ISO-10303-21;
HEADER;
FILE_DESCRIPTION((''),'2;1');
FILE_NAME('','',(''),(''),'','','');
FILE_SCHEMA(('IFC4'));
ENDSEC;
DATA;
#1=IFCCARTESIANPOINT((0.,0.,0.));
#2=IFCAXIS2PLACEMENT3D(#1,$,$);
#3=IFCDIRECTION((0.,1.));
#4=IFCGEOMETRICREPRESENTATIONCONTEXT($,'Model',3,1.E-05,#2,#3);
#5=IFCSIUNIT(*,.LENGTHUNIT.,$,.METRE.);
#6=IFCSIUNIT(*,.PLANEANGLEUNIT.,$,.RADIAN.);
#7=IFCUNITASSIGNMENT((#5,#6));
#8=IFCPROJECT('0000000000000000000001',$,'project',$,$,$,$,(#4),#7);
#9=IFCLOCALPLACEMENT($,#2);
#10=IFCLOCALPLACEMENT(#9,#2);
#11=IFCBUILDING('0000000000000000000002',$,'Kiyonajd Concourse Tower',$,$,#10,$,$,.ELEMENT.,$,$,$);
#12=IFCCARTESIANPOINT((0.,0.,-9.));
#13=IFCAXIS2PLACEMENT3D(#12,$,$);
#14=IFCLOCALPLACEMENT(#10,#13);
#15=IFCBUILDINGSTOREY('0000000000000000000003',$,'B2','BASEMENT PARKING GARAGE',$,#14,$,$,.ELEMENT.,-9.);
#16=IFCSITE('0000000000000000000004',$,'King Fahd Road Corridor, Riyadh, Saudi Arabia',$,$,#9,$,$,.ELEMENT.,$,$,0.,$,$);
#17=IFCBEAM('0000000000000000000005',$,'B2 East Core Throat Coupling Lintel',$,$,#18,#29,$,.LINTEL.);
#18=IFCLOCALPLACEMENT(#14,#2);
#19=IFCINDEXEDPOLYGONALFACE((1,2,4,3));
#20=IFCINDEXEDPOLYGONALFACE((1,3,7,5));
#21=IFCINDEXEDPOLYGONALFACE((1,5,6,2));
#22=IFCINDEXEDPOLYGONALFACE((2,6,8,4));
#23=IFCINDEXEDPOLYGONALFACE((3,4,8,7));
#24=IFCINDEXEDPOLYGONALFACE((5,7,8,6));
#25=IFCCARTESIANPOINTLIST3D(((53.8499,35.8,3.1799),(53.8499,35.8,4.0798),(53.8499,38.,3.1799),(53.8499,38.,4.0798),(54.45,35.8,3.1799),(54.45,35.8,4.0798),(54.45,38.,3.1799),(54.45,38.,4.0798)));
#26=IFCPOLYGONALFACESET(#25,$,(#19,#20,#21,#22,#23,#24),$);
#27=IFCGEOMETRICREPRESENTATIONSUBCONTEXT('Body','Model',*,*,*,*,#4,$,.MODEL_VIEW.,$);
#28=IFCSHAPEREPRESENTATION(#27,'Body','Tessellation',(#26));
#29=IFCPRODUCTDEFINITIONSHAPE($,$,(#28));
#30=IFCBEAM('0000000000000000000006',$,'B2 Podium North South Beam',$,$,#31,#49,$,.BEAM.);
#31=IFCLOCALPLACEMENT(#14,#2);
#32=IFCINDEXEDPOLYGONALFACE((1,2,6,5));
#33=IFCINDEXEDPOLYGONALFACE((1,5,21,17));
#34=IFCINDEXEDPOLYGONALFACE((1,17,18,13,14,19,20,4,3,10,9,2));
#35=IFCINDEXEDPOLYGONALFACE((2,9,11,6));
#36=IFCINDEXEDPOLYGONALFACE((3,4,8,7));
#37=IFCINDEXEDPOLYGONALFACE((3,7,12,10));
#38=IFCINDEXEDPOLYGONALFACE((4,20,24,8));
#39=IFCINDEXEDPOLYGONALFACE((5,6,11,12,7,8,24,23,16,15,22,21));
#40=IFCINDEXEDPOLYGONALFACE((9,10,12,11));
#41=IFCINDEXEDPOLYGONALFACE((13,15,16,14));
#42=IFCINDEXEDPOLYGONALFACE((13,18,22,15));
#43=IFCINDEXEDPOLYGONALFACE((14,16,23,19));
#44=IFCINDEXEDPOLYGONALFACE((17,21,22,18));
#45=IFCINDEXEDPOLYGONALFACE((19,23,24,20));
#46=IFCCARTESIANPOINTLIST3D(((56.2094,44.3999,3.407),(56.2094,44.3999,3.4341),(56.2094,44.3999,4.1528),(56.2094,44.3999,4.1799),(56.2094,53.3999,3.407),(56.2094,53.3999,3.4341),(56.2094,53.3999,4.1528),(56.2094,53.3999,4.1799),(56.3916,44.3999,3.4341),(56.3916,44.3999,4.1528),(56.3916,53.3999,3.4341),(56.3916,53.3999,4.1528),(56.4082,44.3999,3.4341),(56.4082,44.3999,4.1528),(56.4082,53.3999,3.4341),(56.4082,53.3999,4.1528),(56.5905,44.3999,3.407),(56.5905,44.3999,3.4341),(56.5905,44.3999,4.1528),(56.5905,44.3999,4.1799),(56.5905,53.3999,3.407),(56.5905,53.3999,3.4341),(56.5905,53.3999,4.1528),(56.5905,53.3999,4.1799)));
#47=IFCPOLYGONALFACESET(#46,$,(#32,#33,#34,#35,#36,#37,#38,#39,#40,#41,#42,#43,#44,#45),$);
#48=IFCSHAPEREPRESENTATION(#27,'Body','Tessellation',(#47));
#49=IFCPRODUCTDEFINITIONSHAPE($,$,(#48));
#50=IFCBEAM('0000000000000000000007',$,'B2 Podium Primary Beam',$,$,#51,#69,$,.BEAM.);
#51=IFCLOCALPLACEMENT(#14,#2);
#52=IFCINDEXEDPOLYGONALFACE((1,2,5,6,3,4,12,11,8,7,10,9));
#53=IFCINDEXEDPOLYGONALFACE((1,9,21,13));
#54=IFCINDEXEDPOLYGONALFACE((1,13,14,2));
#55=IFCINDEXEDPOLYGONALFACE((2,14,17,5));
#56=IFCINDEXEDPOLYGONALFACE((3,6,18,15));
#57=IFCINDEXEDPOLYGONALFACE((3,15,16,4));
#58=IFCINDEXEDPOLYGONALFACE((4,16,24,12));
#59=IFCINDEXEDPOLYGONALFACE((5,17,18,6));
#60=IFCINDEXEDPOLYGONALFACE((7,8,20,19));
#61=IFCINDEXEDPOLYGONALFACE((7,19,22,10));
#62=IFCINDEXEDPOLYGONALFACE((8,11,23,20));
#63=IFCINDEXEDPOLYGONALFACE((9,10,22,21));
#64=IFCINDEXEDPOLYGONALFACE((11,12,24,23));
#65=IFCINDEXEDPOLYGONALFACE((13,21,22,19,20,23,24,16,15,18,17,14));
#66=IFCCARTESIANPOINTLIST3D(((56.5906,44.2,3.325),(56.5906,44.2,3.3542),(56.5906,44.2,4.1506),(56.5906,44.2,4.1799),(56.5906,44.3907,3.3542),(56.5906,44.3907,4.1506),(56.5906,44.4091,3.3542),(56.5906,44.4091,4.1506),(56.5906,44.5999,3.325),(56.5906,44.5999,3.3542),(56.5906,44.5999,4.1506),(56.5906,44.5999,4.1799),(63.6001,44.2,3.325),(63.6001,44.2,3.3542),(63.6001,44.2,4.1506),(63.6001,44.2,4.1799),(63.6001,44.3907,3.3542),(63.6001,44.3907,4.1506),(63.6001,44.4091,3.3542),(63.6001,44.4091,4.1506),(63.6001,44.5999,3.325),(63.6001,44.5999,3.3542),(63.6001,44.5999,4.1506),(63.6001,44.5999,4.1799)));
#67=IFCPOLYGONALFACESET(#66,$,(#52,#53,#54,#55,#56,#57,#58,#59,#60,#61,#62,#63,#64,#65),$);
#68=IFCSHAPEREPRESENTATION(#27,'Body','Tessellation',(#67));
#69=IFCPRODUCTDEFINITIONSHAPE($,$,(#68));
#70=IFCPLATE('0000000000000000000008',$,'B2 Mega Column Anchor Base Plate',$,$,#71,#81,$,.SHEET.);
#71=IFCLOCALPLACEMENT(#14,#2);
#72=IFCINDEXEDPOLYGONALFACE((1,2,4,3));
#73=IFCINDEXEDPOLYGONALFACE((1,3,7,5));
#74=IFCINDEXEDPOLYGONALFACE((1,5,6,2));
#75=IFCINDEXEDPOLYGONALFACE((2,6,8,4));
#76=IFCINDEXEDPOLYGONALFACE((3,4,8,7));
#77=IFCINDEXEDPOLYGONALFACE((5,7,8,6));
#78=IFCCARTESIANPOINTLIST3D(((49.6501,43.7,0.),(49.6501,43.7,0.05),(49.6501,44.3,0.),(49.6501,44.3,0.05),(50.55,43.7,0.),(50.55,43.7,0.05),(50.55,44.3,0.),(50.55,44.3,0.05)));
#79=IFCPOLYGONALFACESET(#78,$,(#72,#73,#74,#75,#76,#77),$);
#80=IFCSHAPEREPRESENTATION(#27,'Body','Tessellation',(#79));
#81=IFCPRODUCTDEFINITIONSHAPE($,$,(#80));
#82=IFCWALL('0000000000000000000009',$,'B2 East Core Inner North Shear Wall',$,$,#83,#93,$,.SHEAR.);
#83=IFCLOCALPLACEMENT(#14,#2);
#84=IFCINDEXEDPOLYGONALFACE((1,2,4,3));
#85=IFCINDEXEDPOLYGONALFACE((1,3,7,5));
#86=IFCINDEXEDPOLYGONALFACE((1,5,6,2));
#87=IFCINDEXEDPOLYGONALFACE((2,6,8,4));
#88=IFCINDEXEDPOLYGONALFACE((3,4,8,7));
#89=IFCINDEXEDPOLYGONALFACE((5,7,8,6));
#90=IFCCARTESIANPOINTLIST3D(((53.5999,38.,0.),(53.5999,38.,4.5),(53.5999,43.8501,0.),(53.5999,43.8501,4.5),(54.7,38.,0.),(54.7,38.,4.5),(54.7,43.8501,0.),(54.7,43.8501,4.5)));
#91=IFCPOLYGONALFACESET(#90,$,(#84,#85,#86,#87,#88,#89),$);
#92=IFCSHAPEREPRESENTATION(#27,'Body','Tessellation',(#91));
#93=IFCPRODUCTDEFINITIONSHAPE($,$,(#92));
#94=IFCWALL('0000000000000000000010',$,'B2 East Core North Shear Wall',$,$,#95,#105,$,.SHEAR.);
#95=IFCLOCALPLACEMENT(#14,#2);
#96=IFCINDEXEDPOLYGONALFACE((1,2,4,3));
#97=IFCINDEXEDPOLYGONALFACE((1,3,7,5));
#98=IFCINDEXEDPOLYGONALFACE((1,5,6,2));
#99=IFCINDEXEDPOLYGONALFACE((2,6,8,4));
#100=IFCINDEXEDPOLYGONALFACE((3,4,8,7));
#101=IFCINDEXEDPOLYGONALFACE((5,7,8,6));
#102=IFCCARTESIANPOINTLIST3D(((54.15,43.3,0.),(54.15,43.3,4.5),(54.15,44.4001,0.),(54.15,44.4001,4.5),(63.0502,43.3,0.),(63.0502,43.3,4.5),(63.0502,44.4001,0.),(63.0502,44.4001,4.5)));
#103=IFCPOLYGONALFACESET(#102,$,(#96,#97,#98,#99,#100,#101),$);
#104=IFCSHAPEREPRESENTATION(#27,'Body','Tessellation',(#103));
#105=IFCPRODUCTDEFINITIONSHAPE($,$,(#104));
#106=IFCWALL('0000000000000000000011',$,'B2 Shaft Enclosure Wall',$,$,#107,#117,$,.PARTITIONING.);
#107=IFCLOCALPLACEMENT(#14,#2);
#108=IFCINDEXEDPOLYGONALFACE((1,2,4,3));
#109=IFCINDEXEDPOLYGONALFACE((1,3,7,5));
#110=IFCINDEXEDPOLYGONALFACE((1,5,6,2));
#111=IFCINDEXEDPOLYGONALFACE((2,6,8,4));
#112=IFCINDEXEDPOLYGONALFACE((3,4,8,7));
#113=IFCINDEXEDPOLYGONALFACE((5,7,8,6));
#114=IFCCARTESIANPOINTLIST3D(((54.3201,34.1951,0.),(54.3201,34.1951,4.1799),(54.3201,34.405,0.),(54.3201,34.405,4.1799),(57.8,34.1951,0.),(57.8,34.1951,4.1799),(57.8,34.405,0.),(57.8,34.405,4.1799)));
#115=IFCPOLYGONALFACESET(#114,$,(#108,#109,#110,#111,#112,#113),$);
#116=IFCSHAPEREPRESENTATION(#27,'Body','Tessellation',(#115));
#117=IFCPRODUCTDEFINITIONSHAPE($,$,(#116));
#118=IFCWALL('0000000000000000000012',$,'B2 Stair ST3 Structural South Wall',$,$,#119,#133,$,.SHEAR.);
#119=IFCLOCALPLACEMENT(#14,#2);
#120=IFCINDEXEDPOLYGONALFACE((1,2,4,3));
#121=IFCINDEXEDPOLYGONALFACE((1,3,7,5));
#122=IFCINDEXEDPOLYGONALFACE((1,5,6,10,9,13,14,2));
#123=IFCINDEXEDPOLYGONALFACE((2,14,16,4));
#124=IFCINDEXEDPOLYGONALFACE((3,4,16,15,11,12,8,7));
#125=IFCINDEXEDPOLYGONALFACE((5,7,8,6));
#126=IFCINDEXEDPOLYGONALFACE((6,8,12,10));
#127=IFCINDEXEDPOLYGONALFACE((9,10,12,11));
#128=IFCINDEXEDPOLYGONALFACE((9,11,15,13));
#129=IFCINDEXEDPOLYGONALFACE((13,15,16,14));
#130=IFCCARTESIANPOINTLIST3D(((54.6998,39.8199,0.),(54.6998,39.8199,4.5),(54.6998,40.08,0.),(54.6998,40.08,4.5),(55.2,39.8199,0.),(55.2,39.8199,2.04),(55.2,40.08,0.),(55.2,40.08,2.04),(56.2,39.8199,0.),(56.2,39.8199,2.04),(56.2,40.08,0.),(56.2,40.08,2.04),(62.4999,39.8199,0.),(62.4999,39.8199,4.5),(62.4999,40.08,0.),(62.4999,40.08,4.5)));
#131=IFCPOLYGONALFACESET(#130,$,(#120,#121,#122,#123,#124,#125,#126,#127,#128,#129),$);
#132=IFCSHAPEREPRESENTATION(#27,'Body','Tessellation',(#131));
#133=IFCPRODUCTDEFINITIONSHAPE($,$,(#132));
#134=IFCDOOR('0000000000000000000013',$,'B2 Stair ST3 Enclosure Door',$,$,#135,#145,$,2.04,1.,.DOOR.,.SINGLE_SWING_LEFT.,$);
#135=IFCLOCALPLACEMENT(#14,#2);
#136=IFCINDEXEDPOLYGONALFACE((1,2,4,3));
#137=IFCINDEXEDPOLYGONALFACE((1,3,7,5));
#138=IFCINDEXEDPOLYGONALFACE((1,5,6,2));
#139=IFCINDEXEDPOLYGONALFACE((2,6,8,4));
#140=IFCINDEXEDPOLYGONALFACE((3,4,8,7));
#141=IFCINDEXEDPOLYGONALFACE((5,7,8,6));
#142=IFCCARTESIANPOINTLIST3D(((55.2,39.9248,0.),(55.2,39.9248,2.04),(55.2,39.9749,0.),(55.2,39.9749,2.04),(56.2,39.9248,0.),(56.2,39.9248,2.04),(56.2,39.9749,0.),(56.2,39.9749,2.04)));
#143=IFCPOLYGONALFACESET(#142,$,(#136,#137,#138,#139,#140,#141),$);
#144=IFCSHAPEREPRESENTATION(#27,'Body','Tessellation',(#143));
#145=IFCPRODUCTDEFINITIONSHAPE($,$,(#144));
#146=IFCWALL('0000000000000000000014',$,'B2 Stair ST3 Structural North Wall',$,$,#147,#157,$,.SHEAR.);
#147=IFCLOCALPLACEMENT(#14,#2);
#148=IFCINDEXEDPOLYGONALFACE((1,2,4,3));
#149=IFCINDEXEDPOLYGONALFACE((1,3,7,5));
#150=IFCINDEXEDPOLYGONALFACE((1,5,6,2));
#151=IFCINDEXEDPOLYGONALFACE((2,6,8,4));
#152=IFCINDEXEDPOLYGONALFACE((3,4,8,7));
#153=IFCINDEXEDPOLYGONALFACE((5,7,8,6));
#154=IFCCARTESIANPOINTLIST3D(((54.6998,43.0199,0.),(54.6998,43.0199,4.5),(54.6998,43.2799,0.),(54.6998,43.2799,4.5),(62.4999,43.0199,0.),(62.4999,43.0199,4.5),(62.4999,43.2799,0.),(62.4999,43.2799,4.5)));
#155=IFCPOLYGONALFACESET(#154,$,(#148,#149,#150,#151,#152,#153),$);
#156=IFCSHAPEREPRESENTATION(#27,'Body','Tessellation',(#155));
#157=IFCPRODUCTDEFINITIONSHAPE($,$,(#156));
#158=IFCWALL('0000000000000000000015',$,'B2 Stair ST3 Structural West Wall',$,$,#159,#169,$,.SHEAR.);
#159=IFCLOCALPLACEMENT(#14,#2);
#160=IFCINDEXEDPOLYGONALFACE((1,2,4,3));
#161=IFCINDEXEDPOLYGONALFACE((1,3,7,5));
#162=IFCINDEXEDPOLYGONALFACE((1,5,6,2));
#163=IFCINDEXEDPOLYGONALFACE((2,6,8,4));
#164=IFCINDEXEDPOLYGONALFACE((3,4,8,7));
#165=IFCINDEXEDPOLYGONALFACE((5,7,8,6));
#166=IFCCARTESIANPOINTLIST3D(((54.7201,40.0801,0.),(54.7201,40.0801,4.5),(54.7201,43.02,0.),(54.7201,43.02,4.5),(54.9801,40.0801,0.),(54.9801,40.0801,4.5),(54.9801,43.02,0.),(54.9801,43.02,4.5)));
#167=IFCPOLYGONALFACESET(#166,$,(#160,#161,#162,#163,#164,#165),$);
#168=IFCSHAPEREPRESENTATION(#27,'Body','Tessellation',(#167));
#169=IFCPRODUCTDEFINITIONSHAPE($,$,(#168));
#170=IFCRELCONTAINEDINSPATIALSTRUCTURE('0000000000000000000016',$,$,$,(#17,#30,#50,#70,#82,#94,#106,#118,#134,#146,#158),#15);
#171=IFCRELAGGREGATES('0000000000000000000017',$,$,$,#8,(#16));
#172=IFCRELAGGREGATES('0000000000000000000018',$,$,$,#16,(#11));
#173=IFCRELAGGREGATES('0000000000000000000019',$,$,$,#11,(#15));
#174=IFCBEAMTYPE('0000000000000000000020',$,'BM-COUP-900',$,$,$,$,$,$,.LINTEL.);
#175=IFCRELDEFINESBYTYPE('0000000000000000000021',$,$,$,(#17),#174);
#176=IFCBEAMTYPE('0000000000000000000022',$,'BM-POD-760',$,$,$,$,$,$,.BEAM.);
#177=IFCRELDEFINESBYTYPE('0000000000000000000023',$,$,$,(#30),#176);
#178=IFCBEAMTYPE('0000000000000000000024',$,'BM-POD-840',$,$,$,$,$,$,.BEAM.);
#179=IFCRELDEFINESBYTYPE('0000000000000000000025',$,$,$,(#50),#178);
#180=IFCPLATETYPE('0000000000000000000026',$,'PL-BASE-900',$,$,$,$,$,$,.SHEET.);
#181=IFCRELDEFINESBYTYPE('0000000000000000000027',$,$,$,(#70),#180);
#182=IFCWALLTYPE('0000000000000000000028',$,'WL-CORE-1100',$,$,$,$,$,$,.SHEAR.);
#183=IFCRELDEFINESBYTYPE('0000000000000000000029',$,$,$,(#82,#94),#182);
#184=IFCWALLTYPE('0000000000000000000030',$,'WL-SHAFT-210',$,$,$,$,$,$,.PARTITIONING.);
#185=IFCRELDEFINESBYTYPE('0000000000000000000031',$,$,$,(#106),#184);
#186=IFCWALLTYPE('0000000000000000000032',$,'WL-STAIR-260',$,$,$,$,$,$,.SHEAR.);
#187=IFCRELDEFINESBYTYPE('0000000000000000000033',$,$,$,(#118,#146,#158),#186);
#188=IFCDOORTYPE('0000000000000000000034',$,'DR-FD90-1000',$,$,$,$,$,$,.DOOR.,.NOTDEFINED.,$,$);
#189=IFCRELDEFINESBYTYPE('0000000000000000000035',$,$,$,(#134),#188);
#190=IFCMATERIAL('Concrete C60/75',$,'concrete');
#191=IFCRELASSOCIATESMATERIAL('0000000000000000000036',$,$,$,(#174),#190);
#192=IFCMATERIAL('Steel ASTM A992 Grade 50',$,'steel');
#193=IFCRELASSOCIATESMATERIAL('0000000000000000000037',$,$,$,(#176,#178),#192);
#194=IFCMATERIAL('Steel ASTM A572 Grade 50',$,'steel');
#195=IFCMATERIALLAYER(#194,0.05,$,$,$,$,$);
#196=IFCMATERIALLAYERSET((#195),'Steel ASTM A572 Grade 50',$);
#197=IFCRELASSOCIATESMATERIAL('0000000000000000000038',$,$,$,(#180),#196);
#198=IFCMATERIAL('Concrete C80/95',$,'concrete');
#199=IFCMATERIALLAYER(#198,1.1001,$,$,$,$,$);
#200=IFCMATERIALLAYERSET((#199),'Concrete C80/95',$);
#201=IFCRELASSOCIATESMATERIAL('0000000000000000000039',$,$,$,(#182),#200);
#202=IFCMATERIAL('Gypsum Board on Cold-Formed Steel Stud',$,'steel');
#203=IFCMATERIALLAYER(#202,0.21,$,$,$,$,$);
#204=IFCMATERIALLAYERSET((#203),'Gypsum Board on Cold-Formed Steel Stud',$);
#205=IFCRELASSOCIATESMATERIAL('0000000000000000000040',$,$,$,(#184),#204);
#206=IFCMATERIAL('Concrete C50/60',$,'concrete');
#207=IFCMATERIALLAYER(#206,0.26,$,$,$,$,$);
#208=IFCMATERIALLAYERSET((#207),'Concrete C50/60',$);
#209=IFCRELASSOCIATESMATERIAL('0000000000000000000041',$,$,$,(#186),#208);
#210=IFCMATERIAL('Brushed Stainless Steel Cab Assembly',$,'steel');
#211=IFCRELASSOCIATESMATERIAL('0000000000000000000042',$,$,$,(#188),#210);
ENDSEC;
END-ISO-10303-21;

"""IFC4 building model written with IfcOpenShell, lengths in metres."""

from ifc_helpers import new_model, si_unit, direction, frame, frame_2d, origin, origin_2d, place, context, subcontext, project, spatial, rectangle, i_section, extrude, material, layer, layer_set, material_profile, profile_set, type_object, element, fill, save


model = new_model("IFC4")

# Units and contexts
model_context = context("Model", 3, precision=1e-05, world=origin(), true_north=direction((0.0, 1.0)))
body_context = subcontext(model_context, "Body", "Model", "MODEL_VIEW")
ifc_project = project(units=[si_unit("LENGTHUNIT", "METRE"), si_unit("PLANEANGLEUNIT", "RADIAN")], contexts=[model_context])

# Site, building, storey
site_placement = place(None, origin())
site = spatial("IfcSite", under=ifc_project, at=site_placement, Name="King Fahd Road Corridor, Riyadh, Saudi Arabia", CompositionType="ELEMENT", RefElevation=0.0)
building_placement = place(site_placement, origin())
building = spatial("IfcBuilding", under=site, at=building_placement, Name="Kiyonajd Concourse Tower", CompositionType="ELEMENT")
storey_placement = place(building_placement, frame((0.0, 0.0, -9.0)))
storey = spatial("IfcBuildingStorey", under=building, at=storey_placement, Name="B2", Description="BASEMENT PARKING GARAGE", CompositionType="ELEMENT", Elevation=-9.0)

# Shared definitions
ifc_material_1 = material(Name="Concrete C50/60", Category="concrete")

# Shared definitions
ifc_material_2 = material(Name="Concrete C60/75", Category="concrete")

# Beams
ifc_material_profile_1 = material_profile(ifc_material_2, rectangle(XDim=0.6001, YDim=0.8999, at=origin_2d()), Name="RCBM-600x900")
ifc_profile_set_1 = profile_set([ifc_material_profile_1], Name="Concrete C60/75")
beam_type_1 = type_object("IfcBeamType", Name="BM-COUP-900", PredefinedType="LINTEL", material=ifc_profile_set_1)
beam_1_placement = place(storey_placement, frame((54.1499, 35.8, 3.6299), z_axis=(0.0, 1.0, 0.0), x_axis=(-1.0, 0.0, 0.0)))
element("IfcBeam", 1, at=beam_1_placement, inside=storey, type_object=beam_type_1, Name="B2 East Core Throat Coupling Lintel", PredefinedType="LINTEL", context=body_context, shape_type="SweptSolid", body=[
    extrude(rectangle(XDim=0.6001, YDim=0.8999, at=origin_2d()), origin(), (0.0, 0.0, 1.0), 2.2),
])
ifc_material_3 = material(Name="Steel ASTM A992 Grade 50", Category="steel")
ifc_material_profile_2 = material_profile(ifc_material_3, i_section(OverallWidth=0.3811, OverallDepth=0.7729, WebThickness=0.0166, FlangeThickness=0.0271, at=origin_2d()), Name="W760X257")
ifc_profile_set_2 = profile_set([ifc_material_profile_2], Name="Steel ASTM A992 Grade 50")
beam_type_2 = type_object("IfcBeamType", Name="BM-POD-760", PredefinedType="BEAM", material=ifc_profile_set_2)
beam_2_placement = place(storey_placement, frame((56.3999, 44.3999, 3.7935), z_axis=(0.0, 1.0, 0.0), x_axis=(-1.0, 0.0, 0.0)))
element("IfcBeam", 2, at=beam_2_placement, inside=storey, type_object=beam_type_2, Name="B2 Podium North South Beam", PredefinedType="BEAM", context=body_context, shape_type="SweptSolid", body=[
    extrude(i_section(OverallWidth=0.3811, OverallDepth=0.7729, WebThickness=0.0166, FlangeThickness=0.0271, at=origin_2d()), origin(), (0.0, 0.0, 1.0), 9.0),
])
ifc_material_profile_3 = material_profile(ifc_material_3, i_section(OverallWidth=0.3999, OverallDepth=0.855, WebThickness=0.0183, FlangeThickness=0.0293, at=origin_2d()), Name="W840X299")
ifc_profile_set_3 = profile_set([ifc_material_profile_3], Name="Steel ASTM A992 Grade 50")
beam_type_3 = type_object("IfcBeamType", Name="BM-POD-840", PredefinedType="BEAM", material=ifc_profile_set_3)
beam_3_placement = place(storey_placement, frame((56.5906, 44.3999, 3.7524), z_axis=(1.0, 0.0, 0.0), x_axis=(0.0, 1.0, 0.0)))
element("IfcBeam", 3, at=beam_3_placement, inside=storey, type_object=beam_type_3, Name="B2 Podium Primary Beam", PredefinedType="BEAM", context=body_context, shape_type="SweptSolid", body=[
    extrude(i_section(OverallWidth=0.3999, OverallDepth=0.855, WebThickness=0.0183, FlangeThickness=0.0293, at=origin_2d()), origin(), (0.0, 0.0, 1.0), 7.0095),
])

# Plate
ifc_material_4 = material(Name="Steel ASTM A572 Grade 50", Category="steel")
ifc_layer_1 = layer(ifc_material_4, 0.05)
ifc_layer_set_1 = layer_set([ifc_layer_1], Name="Steel ASTM A572 Grade 50")
plate_type = type_object("IfcPlateType", Name="PL-BASE-900", PredefinedType="SHEET", material=ifc_layer_set_1)
plate_placement = place(storey_placement, frame((50.1001, 44.0, 0.0), z_axis=(0.0, 0.0, 1.0), x_axis=(1.0, 0.0, 0.0)))
element("IfcPlate", 4, at=plate_placement, inside=storey, type_object=plate_type, Name="B2 Mega Column Anchor Base Plate", PredefinedType="SHEET", context=body_context, shape_type="SweptSolid", body=[
    extrude(rectangle(XDim=0.8999, YDim=0.6001, at=origin_2d()), origin(), (0.0, 0.0, 1.0), 0.05),
])

# Walls
ifc_material_5 = material(Name="Concrete C80/95", Category="concrete")
ifc_layer_2 = layer(ifc_material_5, 1.1001)
ifc_layer_set_2 = layer_set([ifc_layer_2], Name="Concrete C80/95")
wall_type_1 = type_object("IfcWallType", Name="WL-CORE-1100", PredefinedType="SHEAR", material=ifc_layer_set_2)
wall_1_placement = place(storey_placement, frame((54.1499, 38.0, 0.0), z_axis=(0.0, 0.0, 1.0), x_axis=(0.0, 1.0, 0.0)))
element("IfcWall", 5, at=wall_1_placement, inside=storey, type_object=wall_type_1, Name="B2 East Core Inner North Shear Wall", PredefinedType="SHEAR", context=body_context, shape_type="SweptSolid", body=[
    extrude(rectangle(XDim=5.8501, YDim=1.1001, at=frame_2d((2.925, 0.0))), origin(), (0.0, 0.0, 1.0), 4.5),
])
wall_2_placement = place(storey_placement, frame((54.1499, 43.8501, 0.0), z_axis=(0.0, 0.0, 1.0), x_axis=(1.0, 0.0, 0.0)))
element("IfcWall", 6, at=wall_2_placement, inside=storey, type_object=wall_type_1, Name="B2 East Core North Shear Wall", PredefinedType="SHEAR", context=body_context, shape_type="SweptSolid", body=[
    extrude(rectangle(XDim=8.9001, YDim=1.1001, at=frame_2d((4.4502, 0.0))), origin(), (0.0, 0.0, 1.0), 4.5),
])
ifc_material_6 = material(Name="Gypsum Board on Cold-Formed Steel Stud", Category="steel")
ifc_layer_3 = layer(ifc_material_6, 0.21)
ifc_layer_set_3 = layer_set([ifc_layer_3], Name="Gypsum Board on Cold-Formed Steel Stud")
wall_type_2 = type_object("IfcWallType", Name="WL-SHAFT-210", PredefinedType="PARTITIONING", material=ifc_layer_set_3)
wall_3_placement = place(storey_placement, frame((54.3201, 34.3, 0.0), z_axis=(0.0, 0.0, 1.0), x_axis=(1.0, 0.0, 0.0)))
element("IfcWall", 7, at=wall_3_placement, inside=storey, type_object=wall_type_2, Name="B2 Shaft Enclosure Wall", PredefinedType="PARTITIONING", context=body_context, shape_type="SweptSolid", body=[
    extrude(rectangle(XDim=3.48, YDim=0.21, at=frame_2d((1.74, 0.0))), origin(), (0.0, 0.0, 1.0), 4.1799),
])

# Wall, opening, door
ifc_layer_4 = layer(ifc_material_1, 0.26)
ifc_layer_set_4 = layer_set([ifc_layer_4], Name="Concrete C50/60")
wall_type_3 = type_object("IfcWallType", Name="WL-STAIR-260", PredefinedType="SHEAR", material=ifc_layer_set_4)
wall_4_placement = place(storey_placement, frame((54.7, 39.95, 0.0), z_axis=(0.0, 0.0, 1.0), x_axis=(1.0, 0.0, 0.0)))
wall_4 = element("IfcWall", 8, at=wall_4_placement, inside=storey, type_object=wall_type_3, Name="B2 Stair ST3 Structural South Wall", PredefinedType="SHEAR", context=body_context, shape_type="SweptSolid", body=[
    extrude(rectangle(XDim=7.8, YDim=0.26, at=frame_2d((3.8999, 0.0))), origin(), (0.0, 0.0, 1.0), 4.5),
])
opening_placement = place(wall_4_placement, frame((0.5, 0.0, 0.0)))
opening = element("IfcOpeningElement", 9, at=opening_placement, cuts=wall_4, PredefinedType="OPENING", context=body_context, shape_type="SweptSolid", body=[
    extrude(rectangle(XDim=1.0, YDim=2.04, at=frame_2d((0.5, 1.02))), frame((0.0, 0.1399, 0.0), z_axis=(0.0, -1.0, 0.0), x_axis=(1.0, 0.0, 0.0)), (0.0, 0.0, 1.0), 0.28),
])
ifc_material_7 = material(Name="Brushed Stainless Steel Cab Assembly", Category="steel")
door_type = type_object("IfcDoorType", Name="DR-FD90-1000", OperationType="NOTDEFINED", PredefinedType="DOOR", material=ifc_material_7)
door_placement = place(opening_placement, origin())
door = element("IfcDoor", 10, at=door_placement, inside=storey, type_object=door_type, Name="B2 Stair ST3 Enclosure Door", OperationType="SINGLE_SWING_LEFT", OverallHeight=2.04, OverallWidth=1.0, PredefinedType="DOOR", context=body_context, shape_type="SweptSolid", body=[
    extrude(rectangle(XDim=1.0, YDim=2.04, at=frame_2d((0.5, 1.02))), frame((0.0, 0.0249, 0.0), z_axis=(0.0, -1.0, 0.0), x_axis=(1.0, 0.0, 0.0)), (0.0, 0.0, 1.0), 0.05),
])
fill(opening, door)

# Walls
wall_5_placement = place(storey_placement, frame((54.7, 43.1499, 0.0), z_axis=(0.0, 0.0, 1.0), x_axis=(1.0, 0.0, 0.0)))
element("IfcWall", 11, at=wall_5_placement, inside=storey, type_object=wall_type_3, Name="B2 Stair ST3 Structural North Wall", PredefinedType="SHEAR", context=body_context, shape_type="SweptSolid", body=[
    extrude(rectangle(XDim=7.8, YDim=0.26, at=frame_2d((3.8999, 0.0))), origin(), (0.0, 0.0, 1.0), 4.5),
])
wall_6_placement = place(storey_placement, frame((54.8501, 40.0801, 0.0), z_axis=(0.0, 0.0, 1.0), x_axis=(0.0, 1.0, 0.0)))
element("IfcWall", 12, at=wall_6_placement, inside=storey, type_object=wall_type_3, Name="B2 Stair ST3 Structural West Wall", PredefinedType="SHEAR", context=body_context, shape_type="SweptSolid", body=[
    extrude(rectangle(XDim=2.9399, YDim=0.26, at=frame_2d((1.47, 0.0))), origin(), (0.0, 0.0, 1.0), 4.5),
])

save(model, "model.ifc")
